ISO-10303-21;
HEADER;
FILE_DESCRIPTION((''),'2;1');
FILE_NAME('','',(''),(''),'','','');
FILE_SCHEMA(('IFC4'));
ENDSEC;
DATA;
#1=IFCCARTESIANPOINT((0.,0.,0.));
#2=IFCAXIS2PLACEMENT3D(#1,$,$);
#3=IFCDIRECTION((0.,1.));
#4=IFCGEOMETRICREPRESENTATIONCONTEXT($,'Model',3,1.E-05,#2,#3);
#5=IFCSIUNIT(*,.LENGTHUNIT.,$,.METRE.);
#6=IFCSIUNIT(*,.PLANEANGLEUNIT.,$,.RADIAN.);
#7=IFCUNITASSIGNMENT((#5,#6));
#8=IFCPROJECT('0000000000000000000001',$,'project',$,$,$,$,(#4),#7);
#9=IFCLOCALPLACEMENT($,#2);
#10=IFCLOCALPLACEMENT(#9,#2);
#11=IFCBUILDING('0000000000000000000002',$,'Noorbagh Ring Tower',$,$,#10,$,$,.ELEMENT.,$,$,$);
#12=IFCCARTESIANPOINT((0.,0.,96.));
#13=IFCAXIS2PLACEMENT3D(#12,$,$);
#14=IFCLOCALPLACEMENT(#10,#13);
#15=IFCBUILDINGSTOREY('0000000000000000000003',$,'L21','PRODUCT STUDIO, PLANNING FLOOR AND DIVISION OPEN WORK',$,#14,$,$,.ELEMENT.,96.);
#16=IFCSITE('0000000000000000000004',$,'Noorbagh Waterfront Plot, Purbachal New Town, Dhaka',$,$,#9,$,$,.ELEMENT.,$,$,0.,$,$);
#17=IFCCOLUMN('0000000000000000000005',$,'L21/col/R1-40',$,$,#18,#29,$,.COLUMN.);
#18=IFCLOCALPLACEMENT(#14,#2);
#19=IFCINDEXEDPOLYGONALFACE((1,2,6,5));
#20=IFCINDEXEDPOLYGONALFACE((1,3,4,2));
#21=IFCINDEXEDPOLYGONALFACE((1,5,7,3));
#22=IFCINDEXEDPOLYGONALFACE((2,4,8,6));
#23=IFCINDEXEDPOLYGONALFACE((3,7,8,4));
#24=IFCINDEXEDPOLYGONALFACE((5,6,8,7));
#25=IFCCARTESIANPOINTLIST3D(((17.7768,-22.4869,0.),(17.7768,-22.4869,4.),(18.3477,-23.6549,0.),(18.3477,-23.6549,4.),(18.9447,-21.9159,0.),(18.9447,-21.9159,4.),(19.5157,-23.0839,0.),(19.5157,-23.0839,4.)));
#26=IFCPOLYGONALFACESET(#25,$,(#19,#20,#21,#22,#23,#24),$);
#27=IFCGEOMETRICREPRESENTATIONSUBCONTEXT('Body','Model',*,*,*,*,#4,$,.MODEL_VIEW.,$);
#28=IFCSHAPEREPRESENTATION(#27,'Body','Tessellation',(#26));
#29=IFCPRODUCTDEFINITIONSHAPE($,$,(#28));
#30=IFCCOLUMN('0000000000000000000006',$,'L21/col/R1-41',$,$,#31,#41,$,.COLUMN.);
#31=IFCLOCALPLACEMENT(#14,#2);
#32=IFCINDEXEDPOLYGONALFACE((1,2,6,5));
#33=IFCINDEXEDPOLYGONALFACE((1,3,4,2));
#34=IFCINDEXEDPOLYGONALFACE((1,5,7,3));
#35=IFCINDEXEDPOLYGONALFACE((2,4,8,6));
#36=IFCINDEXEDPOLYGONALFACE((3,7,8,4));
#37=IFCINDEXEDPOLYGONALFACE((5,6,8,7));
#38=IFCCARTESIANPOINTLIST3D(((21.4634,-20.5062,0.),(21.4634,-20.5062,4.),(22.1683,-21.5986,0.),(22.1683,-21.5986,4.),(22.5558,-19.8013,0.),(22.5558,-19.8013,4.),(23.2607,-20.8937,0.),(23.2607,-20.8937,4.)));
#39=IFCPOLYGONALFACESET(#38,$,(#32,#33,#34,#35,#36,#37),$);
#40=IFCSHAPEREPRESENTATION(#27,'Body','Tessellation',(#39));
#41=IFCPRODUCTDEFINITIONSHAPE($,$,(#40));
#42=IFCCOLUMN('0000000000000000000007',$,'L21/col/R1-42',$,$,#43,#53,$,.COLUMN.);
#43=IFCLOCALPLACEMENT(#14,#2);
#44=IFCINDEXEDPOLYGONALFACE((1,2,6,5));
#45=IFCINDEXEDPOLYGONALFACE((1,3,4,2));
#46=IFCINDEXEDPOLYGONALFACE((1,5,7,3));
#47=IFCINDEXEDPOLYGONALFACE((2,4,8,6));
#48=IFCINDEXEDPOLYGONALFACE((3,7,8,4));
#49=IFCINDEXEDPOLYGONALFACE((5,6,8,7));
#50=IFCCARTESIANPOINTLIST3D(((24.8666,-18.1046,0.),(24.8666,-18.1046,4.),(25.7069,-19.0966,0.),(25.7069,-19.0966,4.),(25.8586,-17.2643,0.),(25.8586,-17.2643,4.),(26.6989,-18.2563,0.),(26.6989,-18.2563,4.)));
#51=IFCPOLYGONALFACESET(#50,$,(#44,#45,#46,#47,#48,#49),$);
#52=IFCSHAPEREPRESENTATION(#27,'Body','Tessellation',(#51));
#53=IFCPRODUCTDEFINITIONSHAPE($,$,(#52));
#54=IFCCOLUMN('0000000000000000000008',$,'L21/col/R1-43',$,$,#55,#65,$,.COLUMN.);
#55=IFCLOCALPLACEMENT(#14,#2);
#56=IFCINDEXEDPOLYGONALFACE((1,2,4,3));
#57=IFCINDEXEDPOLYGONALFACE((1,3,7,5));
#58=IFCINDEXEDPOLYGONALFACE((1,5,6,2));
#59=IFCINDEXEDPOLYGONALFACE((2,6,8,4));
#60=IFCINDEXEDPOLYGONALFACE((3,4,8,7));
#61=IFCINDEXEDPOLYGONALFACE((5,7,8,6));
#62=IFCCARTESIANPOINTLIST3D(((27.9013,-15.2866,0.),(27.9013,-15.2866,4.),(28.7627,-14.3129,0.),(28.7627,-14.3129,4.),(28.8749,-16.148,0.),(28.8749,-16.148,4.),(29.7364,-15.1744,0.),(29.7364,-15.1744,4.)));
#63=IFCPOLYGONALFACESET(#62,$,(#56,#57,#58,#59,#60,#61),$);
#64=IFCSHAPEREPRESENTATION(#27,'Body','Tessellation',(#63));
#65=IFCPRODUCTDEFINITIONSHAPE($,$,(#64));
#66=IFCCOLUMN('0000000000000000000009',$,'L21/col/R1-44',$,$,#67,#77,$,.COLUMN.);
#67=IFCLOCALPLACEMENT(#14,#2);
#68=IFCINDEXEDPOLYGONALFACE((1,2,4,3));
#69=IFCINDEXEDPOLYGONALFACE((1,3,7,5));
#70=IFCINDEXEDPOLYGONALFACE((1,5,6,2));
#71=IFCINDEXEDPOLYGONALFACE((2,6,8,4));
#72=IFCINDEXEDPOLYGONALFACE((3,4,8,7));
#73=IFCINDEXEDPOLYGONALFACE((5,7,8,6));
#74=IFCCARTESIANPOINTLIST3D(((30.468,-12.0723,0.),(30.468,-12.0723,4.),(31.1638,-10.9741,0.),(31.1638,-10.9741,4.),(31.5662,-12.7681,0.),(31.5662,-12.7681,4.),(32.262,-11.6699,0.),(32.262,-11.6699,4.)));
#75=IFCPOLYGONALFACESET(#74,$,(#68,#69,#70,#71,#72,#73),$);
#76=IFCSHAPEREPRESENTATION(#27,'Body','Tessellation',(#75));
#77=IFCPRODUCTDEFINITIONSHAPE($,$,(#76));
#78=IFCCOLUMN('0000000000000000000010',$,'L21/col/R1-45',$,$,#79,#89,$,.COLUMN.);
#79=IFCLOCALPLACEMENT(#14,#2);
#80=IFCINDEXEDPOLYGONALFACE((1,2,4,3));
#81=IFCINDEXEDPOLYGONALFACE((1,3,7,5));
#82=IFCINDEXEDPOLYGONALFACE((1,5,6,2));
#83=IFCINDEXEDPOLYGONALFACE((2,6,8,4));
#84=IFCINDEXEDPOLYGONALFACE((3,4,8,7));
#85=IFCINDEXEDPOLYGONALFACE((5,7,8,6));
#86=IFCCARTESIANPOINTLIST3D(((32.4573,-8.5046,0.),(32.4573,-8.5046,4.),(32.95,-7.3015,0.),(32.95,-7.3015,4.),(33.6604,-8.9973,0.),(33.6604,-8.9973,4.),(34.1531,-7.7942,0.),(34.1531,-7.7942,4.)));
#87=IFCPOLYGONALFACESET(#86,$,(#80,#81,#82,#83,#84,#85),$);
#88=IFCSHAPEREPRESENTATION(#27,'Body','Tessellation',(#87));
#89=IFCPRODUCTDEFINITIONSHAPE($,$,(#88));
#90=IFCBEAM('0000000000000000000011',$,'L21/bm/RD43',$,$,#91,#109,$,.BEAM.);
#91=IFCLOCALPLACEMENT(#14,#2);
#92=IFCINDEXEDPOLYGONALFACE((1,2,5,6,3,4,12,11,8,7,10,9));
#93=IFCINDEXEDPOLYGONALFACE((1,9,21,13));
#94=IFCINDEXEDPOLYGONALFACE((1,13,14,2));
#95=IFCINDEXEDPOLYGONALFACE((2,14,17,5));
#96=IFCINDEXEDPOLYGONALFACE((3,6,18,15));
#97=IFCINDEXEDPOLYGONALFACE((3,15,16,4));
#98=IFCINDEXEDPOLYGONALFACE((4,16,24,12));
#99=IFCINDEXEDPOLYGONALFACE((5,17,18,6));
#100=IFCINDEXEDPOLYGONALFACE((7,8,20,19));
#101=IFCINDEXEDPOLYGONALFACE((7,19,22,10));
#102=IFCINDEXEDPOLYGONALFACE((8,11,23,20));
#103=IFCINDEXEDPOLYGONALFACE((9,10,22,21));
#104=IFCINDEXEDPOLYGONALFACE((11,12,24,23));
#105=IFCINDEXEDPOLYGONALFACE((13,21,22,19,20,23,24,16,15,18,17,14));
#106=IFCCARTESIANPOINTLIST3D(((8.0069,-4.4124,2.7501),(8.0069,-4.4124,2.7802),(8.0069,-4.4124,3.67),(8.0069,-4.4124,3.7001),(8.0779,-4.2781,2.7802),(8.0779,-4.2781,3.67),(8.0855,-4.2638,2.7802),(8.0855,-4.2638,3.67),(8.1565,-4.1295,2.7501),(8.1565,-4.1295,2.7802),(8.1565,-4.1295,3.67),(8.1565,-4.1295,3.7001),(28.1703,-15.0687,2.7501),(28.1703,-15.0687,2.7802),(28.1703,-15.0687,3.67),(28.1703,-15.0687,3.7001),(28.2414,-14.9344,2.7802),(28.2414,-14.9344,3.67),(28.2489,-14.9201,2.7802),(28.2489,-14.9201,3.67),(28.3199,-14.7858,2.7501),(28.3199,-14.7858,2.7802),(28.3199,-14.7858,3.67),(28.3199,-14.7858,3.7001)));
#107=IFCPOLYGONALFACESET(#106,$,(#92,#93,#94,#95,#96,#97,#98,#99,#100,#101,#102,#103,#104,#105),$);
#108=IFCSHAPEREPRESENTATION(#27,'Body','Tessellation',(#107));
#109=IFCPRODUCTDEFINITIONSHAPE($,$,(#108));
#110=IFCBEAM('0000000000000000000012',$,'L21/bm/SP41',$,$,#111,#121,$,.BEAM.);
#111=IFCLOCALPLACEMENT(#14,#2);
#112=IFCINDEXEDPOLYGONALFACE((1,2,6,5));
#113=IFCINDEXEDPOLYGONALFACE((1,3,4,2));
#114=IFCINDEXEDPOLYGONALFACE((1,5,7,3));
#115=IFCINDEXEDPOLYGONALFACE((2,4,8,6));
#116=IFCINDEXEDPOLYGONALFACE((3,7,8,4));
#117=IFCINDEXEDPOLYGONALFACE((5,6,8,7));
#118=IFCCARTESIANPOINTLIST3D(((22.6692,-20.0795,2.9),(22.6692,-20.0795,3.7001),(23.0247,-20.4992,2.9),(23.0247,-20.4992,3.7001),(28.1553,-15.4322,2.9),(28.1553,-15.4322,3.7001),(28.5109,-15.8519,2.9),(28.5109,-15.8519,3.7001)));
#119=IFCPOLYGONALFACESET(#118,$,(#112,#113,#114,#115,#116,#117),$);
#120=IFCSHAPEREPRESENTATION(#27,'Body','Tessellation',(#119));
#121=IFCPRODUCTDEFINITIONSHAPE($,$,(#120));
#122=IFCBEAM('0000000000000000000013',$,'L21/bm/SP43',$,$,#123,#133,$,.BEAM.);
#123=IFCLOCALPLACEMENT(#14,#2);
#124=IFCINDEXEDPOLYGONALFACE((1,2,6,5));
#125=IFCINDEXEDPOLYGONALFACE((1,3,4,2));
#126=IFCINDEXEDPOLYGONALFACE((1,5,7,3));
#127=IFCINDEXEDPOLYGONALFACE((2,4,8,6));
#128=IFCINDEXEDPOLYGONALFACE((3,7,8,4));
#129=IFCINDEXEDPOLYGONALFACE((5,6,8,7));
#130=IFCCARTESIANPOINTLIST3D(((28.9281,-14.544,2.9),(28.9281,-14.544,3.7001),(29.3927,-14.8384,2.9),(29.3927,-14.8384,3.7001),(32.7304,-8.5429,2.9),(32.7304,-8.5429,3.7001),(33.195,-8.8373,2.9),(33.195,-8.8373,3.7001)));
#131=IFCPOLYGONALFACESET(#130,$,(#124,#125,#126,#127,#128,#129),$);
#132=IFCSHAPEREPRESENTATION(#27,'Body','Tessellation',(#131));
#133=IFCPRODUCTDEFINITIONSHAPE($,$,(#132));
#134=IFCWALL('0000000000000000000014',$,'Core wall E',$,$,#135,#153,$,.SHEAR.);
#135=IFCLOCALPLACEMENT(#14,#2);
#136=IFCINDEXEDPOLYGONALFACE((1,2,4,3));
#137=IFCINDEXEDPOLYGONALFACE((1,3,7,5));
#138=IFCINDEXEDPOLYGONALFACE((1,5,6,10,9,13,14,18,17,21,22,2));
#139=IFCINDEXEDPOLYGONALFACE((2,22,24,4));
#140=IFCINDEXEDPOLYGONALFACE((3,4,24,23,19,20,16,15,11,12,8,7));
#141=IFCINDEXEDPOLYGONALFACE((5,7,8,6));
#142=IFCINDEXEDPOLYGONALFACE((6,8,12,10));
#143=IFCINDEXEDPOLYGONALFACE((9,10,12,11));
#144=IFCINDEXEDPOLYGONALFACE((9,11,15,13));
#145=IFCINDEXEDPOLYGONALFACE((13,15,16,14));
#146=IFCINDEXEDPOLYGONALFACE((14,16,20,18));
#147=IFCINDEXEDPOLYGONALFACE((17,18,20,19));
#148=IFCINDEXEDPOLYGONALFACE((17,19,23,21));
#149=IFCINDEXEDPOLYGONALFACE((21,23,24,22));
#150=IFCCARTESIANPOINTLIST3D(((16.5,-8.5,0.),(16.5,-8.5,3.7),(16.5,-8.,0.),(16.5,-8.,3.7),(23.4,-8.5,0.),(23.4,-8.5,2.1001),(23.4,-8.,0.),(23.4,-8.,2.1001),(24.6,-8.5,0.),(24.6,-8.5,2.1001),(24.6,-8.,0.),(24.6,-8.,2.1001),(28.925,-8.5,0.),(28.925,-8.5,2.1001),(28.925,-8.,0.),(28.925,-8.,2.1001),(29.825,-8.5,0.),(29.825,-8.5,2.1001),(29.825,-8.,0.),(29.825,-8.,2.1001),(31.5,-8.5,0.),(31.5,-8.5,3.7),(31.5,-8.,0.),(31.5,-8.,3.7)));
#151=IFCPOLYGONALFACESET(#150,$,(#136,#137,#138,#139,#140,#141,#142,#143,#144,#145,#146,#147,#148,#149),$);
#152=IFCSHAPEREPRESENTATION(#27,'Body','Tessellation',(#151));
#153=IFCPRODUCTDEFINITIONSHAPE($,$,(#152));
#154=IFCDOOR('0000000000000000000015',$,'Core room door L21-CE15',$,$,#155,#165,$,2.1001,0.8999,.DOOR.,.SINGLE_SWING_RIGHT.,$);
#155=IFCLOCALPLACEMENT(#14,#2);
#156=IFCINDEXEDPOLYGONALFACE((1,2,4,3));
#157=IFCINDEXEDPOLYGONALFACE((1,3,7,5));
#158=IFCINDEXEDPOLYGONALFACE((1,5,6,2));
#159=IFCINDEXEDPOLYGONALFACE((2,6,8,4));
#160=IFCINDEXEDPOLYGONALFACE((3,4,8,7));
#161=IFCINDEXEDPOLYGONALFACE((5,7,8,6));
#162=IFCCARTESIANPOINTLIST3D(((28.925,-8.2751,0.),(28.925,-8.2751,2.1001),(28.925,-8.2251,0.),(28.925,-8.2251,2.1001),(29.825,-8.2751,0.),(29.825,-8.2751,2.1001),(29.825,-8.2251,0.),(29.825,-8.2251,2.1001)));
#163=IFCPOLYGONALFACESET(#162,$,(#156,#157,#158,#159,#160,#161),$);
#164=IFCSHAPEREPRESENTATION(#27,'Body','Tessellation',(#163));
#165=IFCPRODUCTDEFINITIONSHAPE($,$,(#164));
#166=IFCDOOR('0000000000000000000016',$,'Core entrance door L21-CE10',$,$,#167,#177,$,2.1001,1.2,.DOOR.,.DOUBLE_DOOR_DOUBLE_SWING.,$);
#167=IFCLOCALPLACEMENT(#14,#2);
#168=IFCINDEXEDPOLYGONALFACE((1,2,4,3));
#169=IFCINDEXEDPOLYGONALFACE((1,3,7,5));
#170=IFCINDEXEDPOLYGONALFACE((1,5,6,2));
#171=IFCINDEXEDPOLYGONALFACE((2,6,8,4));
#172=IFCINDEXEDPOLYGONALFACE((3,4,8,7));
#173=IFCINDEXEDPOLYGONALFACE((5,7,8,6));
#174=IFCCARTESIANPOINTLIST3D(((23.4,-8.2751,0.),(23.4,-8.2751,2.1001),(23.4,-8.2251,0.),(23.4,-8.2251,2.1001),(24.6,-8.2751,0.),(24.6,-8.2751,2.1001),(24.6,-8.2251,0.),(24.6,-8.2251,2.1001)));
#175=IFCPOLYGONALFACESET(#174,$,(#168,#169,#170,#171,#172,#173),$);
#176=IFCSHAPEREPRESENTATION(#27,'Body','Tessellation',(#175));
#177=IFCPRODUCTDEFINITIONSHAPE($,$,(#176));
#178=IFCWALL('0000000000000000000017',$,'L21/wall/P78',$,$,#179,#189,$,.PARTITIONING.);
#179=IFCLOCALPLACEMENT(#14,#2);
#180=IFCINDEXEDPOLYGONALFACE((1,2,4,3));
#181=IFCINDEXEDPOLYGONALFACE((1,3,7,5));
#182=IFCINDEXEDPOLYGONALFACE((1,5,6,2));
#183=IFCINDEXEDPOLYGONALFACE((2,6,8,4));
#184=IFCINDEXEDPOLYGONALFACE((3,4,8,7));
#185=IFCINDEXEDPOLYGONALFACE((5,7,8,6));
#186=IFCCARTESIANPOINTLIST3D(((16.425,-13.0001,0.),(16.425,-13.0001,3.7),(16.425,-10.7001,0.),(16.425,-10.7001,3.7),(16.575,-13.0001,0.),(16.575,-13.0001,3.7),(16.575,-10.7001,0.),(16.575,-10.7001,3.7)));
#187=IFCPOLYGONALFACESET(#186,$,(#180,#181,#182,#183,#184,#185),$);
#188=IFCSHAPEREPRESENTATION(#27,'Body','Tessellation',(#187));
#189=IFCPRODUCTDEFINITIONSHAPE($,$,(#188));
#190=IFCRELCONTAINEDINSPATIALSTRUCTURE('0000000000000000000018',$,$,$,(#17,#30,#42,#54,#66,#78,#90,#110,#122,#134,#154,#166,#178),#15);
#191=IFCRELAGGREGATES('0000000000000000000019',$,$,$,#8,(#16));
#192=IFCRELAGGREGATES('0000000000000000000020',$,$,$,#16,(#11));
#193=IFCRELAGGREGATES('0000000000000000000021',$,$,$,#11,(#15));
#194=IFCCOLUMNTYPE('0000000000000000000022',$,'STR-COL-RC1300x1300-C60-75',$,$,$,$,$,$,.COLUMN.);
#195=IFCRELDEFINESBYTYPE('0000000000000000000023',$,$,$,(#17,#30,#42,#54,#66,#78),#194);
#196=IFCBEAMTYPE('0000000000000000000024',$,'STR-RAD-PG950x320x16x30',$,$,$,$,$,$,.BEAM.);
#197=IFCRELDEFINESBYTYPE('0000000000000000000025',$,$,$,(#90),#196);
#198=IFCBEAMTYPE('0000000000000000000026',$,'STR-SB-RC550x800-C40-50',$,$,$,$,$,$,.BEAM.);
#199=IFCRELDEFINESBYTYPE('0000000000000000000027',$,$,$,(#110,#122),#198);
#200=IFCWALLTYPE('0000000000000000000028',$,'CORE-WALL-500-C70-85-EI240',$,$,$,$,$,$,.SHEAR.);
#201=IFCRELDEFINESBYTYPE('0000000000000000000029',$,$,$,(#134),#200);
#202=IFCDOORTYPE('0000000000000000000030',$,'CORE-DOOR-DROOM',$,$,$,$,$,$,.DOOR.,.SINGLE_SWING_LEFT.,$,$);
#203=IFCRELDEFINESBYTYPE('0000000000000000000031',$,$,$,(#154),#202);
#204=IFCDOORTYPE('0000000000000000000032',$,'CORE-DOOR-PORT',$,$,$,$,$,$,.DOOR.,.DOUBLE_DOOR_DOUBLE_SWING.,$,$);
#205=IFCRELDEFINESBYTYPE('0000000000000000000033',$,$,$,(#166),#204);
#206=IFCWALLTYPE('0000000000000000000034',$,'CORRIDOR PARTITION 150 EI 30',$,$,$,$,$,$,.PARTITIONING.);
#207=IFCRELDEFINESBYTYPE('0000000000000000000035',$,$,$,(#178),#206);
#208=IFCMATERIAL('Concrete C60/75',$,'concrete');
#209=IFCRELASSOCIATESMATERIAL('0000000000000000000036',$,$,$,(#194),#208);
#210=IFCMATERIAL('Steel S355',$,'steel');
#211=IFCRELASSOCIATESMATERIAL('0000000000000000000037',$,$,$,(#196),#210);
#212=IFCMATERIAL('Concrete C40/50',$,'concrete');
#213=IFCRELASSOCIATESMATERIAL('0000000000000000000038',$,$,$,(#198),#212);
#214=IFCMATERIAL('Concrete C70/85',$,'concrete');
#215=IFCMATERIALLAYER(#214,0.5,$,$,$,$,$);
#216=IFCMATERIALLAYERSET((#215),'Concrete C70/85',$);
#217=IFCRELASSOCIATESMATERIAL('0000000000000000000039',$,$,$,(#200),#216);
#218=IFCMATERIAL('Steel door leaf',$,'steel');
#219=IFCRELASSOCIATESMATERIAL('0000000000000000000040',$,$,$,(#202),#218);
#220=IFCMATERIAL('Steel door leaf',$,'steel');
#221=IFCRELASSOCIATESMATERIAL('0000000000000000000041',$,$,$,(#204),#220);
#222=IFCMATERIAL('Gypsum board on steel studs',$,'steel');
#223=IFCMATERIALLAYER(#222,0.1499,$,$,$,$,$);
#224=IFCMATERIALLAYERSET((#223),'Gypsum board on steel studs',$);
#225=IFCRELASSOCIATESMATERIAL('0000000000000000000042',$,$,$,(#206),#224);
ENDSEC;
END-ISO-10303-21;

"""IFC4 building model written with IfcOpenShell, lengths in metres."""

from ifc_helpers import new_model, si_unit, direction, frame, frame_2d, origin, origin_2d, place, context, subcontext, project, spatial, rectangle, i_section, extrude, material, layer, layer_set, material_profile, profile_set, type_object, element, fill, save


model = new_model("IFC4")

# Units and contexts
model_context = context("Model", 3, precision=1e-05, world=origin(), true_north=direction((0.0, 1.0)))
body_context = subcontext(model_context, "Body", "Model", "MODEL_VIEW")
ifc_project = project(units=[si_unit("LENGTHUNIT", "METRE"), si_unit("PLANEANGLEUNIT", "RADIAN")], contexts=[model_context])

# Site, building, storey
site_placement = place(None, origin())
site = spatial("IfcSite", under=ifc_project, at=site_placement, Name="Noorbagh Waterfront Plot, Purbachal New Town, Dhaka", CompositionType="ELEMENT", RefElevation=0.0)
building_placement = place(site_placement, origin())
building = spatial("IfcBuilding", under=site, at=building_placement, Name="Noorbagh Ring Tower", CompositionType="ELEMENT")
storey_placement = place(building_placement, frame((0.0, 0.0, 96.0)))
storey = spatial("IfcBuildingStorey", under=building, at=storey_placement, Name="L21", Description="PRODUCT STUDIO, PLANNING FLOOR AND DIVISION OPEN WORK", CompositionType="ELEMENT", Elevation=96.0)

# Columns
ifc_material_1 = material(Name="Concrete C60/75", Category="concrete")
ifc_material_profile_1 = material_profile(ifc_material_1, rectangle(XDim=1.3, YDim=1.3, at=origin_2d()), Name="RC1300x1300")
ifc_profile_set_1 = profile_set([ifc_material_profile_1], Name="Concrete C60/75")
column_type = type_object("IfcColumnType", Name="STR-COL-RC1300x1300-C60-75", PredefinedType="COLUMN", material=ifc_profile_set_1)
for number, where, z_axis, x_axis, name in (
    (1, (18.6462, -22.7854, 0.0), (0.0, 0.0, 1.0), (0.898399, 0.43918, 0.0), "L21/col/R1-40"),
    (2, (22.3621, -20.7, 0.0), (0.0, 0.0, 1.0), (0.840248, 0.542203, 0.0), "L21/col/R1-41"),
    (3, (25.7827, -18.1804, 0.0), (0.0, 0.0, 1.0), (0.763035, 0.646357, 0.0), "L21/col/R1-42"),
    (4, (28.8188, -15.2305, 0.0), (0.0, 0.0, 1.0), (0.662636, 0.748942, 0.0), "L21/col/R1-43"),
    (5, (31.365, -11.8711, 0.0), (0.0, 0.0, 1.0), (0.53519, 0.844731, 0.0), "L21/col/R1-44"),
    (6, (33.3052, -8.1494, 0.0), (0.0, 0.0, 1.0), (0.378989, 0.925401, 0.0), "L21/col/R1-45"),
):
    element("IfcColumn", number, at=place(storey_placement, frame(where, z_axis=z_axis, x_axis=x_axis)), inside=storey, type_object=column_type, Name=name, PredefinedType="COLUMN", context=body_context, shape_type="SweptSolid", body=[
        extrude(rectangle(XDim=1.3, YDim=1.3, at=origin_2d()), origin(), (0.0, 0.0, 1.0), 4.0),
    ])

# Beams
ifc_material_2 = material(Name="Steel S355", Category="steel")
ifc_material_profile_2 = material_profile(ifc_material_2, i_section(OverallWidth=0.3201, OverallDepth=0.95, WebThickness=0.0161, FlangeThickness=0.03, at=origin_2d()), Name="PG950x320x16x30")
ifc_profile_set_2 = profile_set([ifc_material_profile_2], Name="Steel S355")
beam_type_1 = type_object("IfcBeamType", Name="STR-RAD-PG950x320x16x30", PredefinedType="BEAM", material=ifc_profile_set_2)
beam_1_placement = place(storey_placement, frame((28.2451, -14.9272, 3.2251), z_axis=(-0.884122, 0.467256, 0.0), x_axis=(-0.467256, -0.884122, 0.0)))
element("IfcBeam", 7, at=beam_1_placement, inside=storey, type_object=beam_type_1, Name="L21/bm/RD43", PredefinedType="BEAM", context=body_context, shape_type="SweptSolid", body=[
    extrude(i_section(OverallWidth=0.3201, OverallDepth=0.95, WebThickness=0.0161, FlangeThickness=0.03, at=origin_2d()), origin(), (0.0, 0.0, 1.0), 22.8062),
])
ifc_material_3 = material(Name="Concrete C40/50", Category="concrete")
ifc_material_profile_3 = material_profile(ifc_material_3, rectangle(XDim=0.55, YDim=0.8, at=origin_2d()), Name="RC550x800")
ifc_profile_set_3 = profile_set([ifc_material_profile_3], Name="Concrete C40/50")
beam_type_2 = type_object("IfcBeamType", Name="STR-SB-RC550x800-C40-50", PredefinedType="BEAM", material=ifc_profile_set_3)
beam_2_placement = place(storey_placement, frame((22.8469, -20.2893, 3.3), z_axis=(0.763033, 0.646359, 0.0), x_axis=(-0.646359, 0.763033, 0.0)))
element("IfcBeam", 8, at=beam_2_placement, inside=storey, type_object=beam_type_2, Name="L21/bm/SP41", PredefinedType="BEAM", context=body_context, shape_type="SweptSolid", body=[
    extrude(rectangle(XDim=0.55, YDim=0.8, at=origin_2d()), origin(), (0.0, 0.0, 1.0), 7.1899),
])
beam_3_placement = place(storey_placement, frame((29.1604, -14.6912, 3.3), z_axis=(0.535216, 0.844715, 0.0), x_axis=(-0.844715, 0.535216, 0.0)))
element("IfcBeam", 9, at=beam_3_placement, inside=storey, type_object=beam_type_2, Name="L21/bm/SP43", PredefinedType="BEAM", context=body_context, shape_type="SweptSolid", body=[
    extrude(rectangle(XDim=0.55, YDim=0.8, at=origin_2d()), origin(), (0.0, 0.0, 1.0), 7.1042),
])

# Wall, openings, doors
ifc_material_4 = material(Name="Concrete C70/85", Category="concrete")
ifc_layer_1 = layer(ifc_material_4, 0.5)
ifc_layer_set_1 = layer_set([ifc_layer_1], Name="Concrete C70/85")
wall_type_1 = type_object("IfcWallType", Name="CORE-WALL-500-C70-85-EI240", PredefinedType="SHEAR", material=ifc_layer_set_1)
wall_1_placement = place(storey_placement, frame((16.5, -8.25, 0.0), z_axis=(0.0, 0.0, 1.0), x_axis=(1.0, 0.0, 0.0)))
wall_1 = element("IfcWall", 10, at=wall_1_placement, inside=storey, type_object=wall_type_1, Name="Core wall E", PredefinedType="SHEAR", context=body_context, shape_type="SweptSolid", body=[
    extrude(rectangle(XDim=15.0, YDim=0.5, at=frame_2d((7.5, 0.0))), origin(), (0.0, 0.0, 1.0), 3.7),
])
opening_1_placement = place(wall_1_placement, frame((6.8999, 0.0, 0.0)))
opening_1 = element("IfcOpeningElement", 11, at=opening_1_placement, cuts=wall_1, PredefinedType="OPENING", context=body_context, shape_type="SweptSolid", body=[
    extrude(rectangle(XDim=1.2, YDim=2.1001, at=frame_2d((0.6001, 1.05))), frame((0.0, 0.26, 0.0), z_axis=(0.0, -1.0, 0.0), x_axis=(1.0, 0.0, 0.0)), (0.0, 0.0, 1.0), 0.52),
])
opening_2_placement = place(wall_1_placement, frame((12.425, 0.0, 0.0)))
opening_2 = element("IfcOpeningElement", 12, at=opening_2_placement, cuts=wall_1, PredefinedType="OPENING", context=body_context, shape_type="SweptSolid", body=[
    extrude(rectangle(XDim=0.8999, YDim=2.1001, at=frame_2d((0.45, 1.05))), frame((0.0, 0.26, 0.0), z_axis=(0.0, -1.0, 0.0), x_axis=(1.0, 0.0, 0.0)), (0.0, 0.0, 1.0), 0.52),
])
ifc_material_5 = material(Name="Steel door leaf", Category="steel")
door_type_1 = type_object("IfcDoorType", Name="CORE-DOOR-DROOM", OperationType="SINGLE_SWING_LEFT", PredefinedType="DOOR", material=ifc_material_5)
door_1_placement = place(opening_2_placement, origin())
door_1 = element("IfcDoor", 13, at=door_1_placement, inside=storey, type_object=door_type_1, Name="Core room door L21-CE15", OperationType="SINGLE_SWING_RIGHT", OverallHeight=2.1001, OverallWidth=0.8999, PredefinedType="DOOR", context=body_context, shape_type="SweptSolid", body=[
    extrude(rectangle(XDim=0.8999, YDim=2.1001, at=frame_2d((0.45, 1.05))), frame((0.0, 0.0249, 0.0), z_axis=(0.0, -1.0, 0.0), x_axis=(1.0, 0.0, 0.0)), (0.0, 0.0, 1.0), 0.05),
])
fill(opening_2, door_1)
ifc_material_6 = material(Name="Steel door leaf", Category="steel")
door_type_2 = type_object("IfcDoorType", Name="CORE-DOOR-PORT", OperationType="DOUBLE_DOOR_DOUBLE_SWING", PredefinedType="DOOR", material=ifc_material_6)
door_2_placement = place(opening_1_placement, origin())
door_2 = element("IfcDoor", 14, at=door_2_placement, inside=storey, type_object=door_type_2, Name="Core entrance door L21-CE10", OperationType="DOUBLE_DOOR_DOUBLE_SWING", OverallHeight=2.1001, OverallWidth=1.2, PredefinedType="DOOR", context=body_context, shape_type="SweptSolid", body=[
    extrude(rectangle(XDim=1.2, YDim=2.1001, at=frame_2d((0.6001, 1.05))), frame((0.0, 0.0249, 0.0), z_axis=(0.0, -1.0, 0.0), x_axis=(1.0, 0.0, 0.0)), (0.0, 0.0, 1.0), 0.05),
])
fill(opening_1, door_2)

# Wall
ifc_material_7 = material(Name="Gypsum board on steel studs", Category="steel")
ifc_layer_2 = layer(ifc_material_7, 0.1499)
ifc_layer_set_2 = layer_set([ifc_layer_2], Name="Gypsum board on steel studs")
wall_type_2 = type_object("IfcWallType", Name="CORRIDOR PARTITION 150 EI 30", PredefinedType="PARTITIONING", material=ifc_layer_set_2)
wall_2_placement = place(storey_placement, frame((16.5, -13.0, 0.0), z_axis=(0.0, 0.0, 1.0), x_axis=(0.0, 1.0, 0.0)))
element("IfcWall", 15, at=wall_2_placement, inside=storey, type_object=wall_type_2, Name="L21/wall/P78", PredefinedType="PARTITIONING", context=body_context, shape_type="SweptSolid", body=[
    extrude(rectangle(XDim=2.3, YDim=0.1499, at=frame_2d((1.1499, 0.0))), origin(), (0.0, 0.0, 1.0), 3.7),
])

save(model, "model.ifc")
